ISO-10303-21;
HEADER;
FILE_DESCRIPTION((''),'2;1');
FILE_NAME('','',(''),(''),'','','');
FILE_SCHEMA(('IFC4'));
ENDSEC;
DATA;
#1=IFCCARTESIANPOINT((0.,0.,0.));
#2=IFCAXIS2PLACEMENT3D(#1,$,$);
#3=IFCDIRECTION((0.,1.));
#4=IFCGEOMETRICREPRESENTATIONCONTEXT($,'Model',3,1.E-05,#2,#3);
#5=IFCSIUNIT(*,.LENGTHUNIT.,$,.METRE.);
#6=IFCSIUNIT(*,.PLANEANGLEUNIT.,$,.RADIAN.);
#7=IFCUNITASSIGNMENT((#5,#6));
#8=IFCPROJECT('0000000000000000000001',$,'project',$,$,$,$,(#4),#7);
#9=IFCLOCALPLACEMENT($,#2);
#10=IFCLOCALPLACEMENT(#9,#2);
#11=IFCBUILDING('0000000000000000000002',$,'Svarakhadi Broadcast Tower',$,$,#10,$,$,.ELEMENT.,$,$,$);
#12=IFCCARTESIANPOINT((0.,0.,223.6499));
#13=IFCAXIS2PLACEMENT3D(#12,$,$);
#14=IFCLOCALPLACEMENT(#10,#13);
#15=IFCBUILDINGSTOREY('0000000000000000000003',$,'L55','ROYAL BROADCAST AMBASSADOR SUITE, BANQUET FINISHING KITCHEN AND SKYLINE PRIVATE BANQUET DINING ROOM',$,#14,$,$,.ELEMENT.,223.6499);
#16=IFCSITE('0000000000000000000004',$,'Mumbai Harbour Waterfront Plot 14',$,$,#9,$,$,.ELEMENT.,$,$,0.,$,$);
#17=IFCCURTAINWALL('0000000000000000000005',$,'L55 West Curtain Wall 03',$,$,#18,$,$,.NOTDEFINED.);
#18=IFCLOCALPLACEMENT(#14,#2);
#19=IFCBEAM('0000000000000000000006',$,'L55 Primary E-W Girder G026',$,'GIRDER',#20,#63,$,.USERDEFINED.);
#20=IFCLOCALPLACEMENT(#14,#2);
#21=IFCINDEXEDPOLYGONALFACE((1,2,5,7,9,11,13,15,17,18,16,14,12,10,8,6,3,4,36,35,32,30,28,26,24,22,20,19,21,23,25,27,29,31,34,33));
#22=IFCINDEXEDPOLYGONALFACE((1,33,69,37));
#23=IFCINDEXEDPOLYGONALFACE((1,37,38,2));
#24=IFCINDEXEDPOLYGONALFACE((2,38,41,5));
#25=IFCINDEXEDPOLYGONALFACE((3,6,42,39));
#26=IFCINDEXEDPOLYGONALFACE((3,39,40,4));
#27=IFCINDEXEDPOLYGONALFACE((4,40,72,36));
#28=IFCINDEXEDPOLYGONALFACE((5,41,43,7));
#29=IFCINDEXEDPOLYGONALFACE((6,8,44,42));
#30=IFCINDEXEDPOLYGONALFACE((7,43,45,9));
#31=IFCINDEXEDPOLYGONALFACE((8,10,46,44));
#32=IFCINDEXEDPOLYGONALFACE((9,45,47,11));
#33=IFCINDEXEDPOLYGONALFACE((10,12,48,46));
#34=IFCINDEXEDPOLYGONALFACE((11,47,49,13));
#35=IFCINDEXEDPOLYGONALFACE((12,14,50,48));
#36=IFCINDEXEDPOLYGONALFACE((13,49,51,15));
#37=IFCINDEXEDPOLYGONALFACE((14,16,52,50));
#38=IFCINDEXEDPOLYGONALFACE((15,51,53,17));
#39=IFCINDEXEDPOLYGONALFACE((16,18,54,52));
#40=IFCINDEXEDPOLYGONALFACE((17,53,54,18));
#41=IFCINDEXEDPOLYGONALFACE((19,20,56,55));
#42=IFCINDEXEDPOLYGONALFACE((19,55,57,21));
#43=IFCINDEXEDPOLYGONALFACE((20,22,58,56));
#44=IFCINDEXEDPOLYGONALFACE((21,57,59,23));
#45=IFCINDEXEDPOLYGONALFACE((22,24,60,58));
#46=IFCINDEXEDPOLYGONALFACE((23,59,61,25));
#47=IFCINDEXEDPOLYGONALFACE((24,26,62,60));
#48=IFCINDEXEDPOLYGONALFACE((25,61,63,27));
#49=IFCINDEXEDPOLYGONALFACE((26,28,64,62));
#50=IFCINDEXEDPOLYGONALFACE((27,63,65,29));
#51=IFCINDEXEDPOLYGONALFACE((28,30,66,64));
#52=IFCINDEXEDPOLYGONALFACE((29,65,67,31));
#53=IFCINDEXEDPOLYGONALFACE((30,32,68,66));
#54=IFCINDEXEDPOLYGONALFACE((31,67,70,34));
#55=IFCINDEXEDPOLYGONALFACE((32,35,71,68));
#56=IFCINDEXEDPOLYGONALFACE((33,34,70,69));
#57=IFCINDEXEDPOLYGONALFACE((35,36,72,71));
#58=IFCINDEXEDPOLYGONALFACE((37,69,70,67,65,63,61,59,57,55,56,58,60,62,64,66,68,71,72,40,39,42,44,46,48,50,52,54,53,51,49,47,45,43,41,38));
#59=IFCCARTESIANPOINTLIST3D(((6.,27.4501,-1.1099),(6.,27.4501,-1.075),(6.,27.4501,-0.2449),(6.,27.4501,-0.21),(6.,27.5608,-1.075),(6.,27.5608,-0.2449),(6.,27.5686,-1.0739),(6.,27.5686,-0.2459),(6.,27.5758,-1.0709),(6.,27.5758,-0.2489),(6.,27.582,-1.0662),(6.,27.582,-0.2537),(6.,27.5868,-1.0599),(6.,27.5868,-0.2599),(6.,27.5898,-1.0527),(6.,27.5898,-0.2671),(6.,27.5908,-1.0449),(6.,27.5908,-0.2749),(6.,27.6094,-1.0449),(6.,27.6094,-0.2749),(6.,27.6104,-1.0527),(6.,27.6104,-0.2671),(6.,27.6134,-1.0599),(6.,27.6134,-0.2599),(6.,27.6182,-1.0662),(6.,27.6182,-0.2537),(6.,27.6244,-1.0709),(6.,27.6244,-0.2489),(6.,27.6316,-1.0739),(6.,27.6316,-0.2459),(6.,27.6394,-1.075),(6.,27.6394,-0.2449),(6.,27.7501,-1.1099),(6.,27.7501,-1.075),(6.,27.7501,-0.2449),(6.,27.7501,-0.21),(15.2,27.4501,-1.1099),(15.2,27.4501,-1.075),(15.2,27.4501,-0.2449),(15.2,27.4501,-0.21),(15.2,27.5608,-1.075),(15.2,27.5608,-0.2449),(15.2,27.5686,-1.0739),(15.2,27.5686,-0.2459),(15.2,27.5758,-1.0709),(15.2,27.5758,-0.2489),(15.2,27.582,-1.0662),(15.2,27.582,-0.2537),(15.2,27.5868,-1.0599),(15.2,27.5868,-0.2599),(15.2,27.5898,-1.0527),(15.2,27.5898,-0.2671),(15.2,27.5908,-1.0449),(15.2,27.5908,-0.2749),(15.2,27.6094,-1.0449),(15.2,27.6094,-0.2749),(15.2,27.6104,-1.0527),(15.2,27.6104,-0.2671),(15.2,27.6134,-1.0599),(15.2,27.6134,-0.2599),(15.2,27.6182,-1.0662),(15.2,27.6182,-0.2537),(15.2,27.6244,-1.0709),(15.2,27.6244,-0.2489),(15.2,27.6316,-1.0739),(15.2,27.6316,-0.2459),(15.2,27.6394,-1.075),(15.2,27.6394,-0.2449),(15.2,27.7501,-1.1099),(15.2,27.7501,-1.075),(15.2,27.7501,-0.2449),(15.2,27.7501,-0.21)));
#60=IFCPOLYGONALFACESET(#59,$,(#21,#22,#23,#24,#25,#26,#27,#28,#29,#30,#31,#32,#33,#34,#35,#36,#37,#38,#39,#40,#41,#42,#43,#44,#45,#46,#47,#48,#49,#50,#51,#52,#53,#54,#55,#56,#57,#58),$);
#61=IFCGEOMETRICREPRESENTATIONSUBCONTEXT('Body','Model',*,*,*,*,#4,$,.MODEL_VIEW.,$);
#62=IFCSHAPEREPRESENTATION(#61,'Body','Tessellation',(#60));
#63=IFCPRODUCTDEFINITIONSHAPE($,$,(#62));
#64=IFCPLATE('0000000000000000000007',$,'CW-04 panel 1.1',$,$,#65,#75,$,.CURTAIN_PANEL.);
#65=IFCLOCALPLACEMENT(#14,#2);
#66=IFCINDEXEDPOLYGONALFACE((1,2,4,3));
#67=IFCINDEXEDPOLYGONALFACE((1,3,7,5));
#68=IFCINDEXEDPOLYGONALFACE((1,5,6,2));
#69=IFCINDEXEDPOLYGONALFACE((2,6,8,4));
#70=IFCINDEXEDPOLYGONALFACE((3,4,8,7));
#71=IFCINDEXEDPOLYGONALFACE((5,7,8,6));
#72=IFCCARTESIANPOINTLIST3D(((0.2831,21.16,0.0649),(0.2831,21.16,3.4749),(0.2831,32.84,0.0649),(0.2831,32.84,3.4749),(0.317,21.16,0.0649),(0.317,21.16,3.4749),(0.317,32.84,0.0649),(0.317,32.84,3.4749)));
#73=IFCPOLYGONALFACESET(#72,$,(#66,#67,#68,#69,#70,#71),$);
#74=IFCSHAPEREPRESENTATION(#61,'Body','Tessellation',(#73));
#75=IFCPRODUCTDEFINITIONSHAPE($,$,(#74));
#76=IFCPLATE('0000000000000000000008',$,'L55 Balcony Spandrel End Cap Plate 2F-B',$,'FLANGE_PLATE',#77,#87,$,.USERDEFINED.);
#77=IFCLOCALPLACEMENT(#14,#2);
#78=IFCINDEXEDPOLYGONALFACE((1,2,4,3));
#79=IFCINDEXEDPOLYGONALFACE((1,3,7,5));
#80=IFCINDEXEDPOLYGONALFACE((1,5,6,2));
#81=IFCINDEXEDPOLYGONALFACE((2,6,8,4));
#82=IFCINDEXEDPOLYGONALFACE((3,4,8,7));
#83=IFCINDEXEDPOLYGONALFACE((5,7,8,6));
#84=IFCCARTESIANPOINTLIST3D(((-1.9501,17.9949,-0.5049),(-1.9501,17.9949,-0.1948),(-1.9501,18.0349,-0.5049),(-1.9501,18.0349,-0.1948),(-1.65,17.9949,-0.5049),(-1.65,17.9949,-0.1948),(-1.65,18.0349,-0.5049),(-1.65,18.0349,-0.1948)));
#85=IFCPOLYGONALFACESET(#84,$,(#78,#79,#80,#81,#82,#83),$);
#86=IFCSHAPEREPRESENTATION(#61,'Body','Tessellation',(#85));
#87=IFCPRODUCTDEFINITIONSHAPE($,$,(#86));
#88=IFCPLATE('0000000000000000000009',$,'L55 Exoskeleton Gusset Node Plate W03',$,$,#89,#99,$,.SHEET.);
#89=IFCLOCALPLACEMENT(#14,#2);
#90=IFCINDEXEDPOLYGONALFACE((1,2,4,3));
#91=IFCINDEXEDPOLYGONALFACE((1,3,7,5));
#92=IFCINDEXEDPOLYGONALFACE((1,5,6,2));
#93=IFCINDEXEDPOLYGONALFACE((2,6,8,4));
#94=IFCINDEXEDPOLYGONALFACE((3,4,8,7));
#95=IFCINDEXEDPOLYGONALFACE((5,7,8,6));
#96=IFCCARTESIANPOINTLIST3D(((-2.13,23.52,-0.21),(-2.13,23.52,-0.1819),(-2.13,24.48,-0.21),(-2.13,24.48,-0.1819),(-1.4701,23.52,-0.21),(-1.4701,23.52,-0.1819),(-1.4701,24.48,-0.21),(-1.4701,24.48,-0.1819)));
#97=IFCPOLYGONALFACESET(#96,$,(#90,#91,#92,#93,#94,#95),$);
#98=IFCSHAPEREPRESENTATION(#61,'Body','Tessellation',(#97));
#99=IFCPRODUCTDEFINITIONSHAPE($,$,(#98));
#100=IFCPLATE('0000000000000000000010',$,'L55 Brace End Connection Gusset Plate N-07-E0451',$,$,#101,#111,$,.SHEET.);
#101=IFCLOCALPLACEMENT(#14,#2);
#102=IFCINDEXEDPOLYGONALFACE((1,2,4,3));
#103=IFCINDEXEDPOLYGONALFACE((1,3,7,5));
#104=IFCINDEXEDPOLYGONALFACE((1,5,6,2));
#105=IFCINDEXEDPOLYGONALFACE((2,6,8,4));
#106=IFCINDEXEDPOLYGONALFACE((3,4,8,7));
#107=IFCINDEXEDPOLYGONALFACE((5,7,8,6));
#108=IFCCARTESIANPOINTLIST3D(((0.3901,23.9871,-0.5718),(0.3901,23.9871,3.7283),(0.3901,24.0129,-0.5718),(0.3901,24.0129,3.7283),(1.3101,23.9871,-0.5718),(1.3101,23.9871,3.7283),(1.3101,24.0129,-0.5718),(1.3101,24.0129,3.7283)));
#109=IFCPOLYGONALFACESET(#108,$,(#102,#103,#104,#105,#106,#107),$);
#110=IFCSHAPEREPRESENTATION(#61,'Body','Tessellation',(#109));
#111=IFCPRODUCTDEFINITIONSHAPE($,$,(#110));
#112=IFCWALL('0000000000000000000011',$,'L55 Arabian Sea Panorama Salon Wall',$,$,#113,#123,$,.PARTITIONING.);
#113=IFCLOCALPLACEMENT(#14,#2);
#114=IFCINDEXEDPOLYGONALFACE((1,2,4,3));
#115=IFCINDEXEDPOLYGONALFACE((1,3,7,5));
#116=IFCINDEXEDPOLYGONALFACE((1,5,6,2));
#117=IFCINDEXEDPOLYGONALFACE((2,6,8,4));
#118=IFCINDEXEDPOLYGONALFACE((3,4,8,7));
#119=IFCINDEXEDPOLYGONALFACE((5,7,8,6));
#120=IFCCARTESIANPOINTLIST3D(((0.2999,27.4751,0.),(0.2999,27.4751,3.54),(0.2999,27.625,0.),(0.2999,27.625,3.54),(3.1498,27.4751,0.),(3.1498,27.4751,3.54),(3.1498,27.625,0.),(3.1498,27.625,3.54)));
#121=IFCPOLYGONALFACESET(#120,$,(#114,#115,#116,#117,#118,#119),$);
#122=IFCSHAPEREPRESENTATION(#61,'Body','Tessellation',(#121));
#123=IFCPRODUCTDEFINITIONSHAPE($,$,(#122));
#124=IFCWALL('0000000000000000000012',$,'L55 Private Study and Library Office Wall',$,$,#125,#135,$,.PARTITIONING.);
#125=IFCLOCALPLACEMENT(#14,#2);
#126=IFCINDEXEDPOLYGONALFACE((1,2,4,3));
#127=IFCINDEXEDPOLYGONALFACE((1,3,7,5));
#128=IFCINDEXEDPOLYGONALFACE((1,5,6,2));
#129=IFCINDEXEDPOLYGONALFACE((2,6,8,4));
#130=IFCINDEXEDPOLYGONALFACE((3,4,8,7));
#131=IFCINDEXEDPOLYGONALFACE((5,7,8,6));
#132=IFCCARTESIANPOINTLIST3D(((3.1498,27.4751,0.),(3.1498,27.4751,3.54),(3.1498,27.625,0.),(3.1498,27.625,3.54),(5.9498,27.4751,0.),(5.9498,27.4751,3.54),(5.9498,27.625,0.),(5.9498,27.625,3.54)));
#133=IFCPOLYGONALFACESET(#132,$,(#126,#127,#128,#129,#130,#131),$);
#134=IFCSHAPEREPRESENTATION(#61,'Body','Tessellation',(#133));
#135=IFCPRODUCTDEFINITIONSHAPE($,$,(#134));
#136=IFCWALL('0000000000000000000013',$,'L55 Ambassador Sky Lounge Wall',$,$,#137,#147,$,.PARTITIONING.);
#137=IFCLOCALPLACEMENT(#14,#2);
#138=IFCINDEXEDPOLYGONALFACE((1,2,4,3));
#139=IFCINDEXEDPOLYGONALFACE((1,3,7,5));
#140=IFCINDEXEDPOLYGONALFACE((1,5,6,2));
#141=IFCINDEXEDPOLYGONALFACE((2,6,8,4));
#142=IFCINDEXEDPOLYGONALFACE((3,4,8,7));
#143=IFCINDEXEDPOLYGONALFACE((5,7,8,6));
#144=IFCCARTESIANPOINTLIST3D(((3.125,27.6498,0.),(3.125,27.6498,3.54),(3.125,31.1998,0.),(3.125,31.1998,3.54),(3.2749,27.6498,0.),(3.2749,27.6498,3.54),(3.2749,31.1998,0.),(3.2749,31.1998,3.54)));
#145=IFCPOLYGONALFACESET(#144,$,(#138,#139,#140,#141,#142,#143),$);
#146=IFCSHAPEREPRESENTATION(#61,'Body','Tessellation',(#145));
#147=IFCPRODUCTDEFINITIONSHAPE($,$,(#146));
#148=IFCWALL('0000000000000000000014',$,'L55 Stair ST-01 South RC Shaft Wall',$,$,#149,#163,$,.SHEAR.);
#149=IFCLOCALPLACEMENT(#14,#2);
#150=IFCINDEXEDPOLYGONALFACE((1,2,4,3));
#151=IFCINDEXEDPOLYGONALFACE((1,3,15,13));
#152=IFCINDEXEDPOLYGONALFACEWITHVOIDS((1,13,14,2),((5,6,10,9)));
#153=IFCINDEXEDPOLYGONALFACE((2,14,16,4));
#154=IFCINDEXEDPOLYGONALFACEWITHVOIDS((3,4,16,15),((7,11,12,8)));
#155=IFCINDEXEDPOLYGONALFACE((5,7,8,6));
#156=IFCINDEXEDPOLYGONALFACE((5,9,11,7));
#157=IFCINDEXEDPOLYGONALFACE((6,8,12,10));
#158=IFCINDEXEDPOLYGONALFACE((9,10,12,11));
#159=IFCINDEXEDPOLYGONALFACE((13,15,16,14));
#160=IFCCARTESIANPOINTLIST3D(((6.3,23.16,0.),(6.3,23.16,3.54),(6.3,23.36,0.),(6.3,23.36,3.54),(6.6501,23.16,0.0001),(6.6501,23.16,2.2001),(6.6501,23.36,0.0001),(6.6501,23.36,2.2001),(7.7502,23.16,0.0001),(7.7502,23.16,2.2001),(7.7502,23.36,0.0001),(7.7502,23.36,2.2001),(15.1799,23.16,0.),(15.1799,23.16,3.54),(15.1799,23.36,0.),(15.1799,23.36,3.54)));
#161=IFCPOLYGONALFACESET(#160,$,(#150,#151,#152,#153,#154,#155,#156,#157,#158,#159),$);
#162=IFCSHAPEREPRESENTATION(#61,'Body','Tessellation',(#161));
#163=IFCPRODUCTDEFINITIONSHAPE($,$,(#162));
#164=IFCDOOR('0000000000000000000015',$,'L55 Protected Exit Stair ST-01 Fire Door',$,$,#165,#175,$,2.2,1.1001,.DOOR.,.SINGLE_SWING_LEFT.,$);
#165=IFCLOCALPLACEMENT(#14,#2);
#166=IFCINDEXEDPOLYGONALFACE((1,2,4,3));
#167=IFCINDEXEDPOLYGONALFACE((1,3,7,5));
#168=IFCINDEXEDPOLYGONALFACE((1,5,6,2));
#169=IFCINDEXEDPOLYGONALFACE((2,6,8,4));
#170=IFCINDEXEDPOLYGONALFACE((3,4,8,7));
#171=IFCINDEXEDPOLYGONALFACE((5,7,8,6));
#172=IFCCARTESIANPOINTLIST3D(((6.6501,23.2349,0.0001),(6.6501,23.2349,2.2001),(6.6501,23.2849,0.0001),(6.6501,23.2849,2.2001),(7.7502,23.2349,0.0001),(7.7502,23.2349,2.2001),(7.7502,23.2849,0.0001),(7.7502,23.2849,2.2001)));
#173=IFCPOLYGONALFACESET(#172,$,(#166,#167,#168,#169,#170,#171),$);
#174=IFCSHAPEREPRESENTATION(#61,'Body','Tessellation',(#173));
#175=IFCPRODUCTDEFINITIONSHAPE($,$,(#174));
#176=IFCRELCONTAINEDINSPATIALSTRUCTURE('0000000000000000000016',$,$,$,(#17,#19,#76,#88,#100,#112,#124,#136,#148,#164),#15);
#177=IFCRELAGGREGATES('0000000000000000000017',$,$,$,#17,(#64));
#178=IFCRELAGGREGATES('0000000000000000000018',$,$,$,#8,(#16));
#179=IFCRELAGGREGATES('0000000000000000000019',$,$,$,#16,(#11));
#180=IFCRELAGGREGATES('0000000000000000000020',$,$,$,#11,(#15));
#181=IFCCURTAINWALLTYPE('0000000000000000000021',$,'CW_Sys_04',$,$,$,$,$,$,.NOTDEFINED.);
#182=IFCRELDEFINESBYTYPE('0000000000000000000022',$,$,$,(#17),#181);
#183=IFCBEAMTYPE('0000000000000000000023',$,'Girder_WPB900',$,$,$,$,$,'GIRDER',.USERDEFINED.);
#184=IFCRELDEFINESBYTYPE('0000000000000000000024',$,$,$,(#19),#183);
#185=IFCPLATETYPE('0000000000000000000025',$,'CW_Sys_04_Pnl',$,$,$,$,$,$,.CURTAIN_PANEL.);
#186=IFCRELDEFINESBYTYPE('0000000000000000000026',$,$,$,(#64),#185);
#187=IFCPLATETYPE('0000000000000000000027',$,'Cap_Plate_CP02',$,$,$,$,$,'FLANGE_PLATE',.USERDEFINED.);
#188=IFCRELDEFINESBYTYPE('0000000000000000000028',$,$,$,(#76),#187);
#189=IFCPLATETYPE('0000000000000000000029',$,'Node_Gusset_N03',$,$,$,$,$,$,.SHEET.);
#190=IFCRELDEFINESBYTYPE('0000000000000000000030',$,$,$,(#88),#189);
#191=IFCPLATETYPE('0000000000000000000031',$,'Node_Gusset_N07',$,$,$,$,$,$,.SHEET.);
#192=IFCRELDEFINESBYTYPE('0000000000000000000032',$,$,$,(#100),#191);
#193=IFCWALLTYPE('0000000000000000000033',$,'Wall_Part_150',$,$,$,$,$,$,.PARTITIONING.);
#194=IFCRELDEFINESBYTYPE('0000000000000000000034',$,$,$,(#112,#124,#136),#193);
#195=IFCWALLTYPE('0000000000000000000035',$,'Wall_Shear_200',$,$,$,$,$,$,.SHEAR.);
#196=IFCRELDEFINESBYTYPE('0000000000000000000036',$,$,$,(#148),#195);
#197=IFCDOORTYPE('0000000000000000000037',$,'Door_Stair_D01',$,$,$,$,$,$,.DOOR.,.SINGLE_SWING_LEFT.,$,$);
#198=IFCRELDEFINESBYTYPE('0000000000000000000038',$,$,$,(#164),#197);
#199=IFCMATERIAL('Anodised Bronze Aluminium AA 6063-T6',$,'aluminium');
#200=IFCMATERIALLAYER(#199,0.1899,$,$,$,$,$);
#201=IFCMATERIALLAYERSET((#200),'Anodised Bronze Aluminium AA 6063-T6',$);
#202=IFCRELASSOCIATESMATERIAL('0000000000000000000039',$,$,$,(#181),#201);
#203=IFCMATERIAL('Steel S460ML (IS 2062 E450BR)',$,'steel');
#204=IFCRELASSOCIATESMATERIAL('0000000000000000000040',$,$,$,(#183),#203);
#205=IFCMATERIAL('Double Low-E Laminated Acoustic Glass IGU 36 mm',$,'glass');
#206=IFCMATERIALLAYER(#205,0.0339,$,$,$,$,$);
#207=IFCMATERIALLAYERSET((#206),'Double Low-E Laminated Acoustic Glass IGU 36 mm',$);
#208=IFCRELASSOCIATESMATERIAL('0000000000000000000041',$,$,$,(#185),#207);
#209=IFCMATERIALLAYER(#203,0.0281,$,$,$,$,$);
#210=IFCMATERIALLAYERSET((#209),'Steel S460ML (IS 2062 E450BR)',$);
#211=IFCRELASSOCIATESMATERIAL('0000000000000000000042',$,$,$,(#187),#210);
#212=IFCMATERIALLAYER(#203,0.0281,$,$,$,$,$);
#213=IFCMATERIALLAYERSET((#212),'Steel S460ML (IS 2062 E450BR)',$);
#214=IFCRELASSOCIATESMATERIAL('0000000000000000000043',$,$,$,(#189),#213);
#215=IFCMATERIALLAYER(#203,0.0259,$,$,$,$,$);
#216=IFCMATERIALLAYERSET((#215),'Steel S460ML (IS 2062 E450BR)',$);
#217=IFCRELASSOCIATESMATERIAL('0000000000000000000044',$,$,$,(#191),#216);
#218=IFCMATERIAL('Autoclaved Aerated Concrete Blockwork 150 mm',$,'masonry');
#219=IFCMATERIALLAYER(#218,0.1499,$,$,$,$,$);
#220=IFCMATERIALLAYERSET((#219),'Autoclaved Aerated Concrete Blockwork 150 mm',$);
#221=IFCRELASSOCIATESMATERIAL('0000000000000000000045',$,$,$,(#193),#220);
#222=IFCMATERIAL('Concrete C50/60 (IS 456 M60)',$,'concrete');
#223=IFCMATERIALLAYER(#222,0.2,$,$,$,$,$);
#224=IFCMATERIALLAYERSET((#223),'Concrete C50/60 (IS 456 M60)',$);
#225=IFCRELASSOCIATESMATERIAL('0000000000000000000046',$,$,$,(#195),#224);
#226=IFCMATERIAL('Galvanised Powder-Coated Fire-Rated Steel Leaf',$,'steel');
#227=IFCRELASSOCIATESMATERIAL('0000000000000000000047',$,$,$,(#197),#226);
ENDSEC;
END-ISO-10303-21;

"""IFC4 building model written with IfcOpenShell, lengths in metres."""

from ifc_helpers import new_model, si_unit, direction, frame, frame_2d, origin, origin_2d, place, context, subcontext, project, spatial, rectangle, i_section, extrude, material, layer, layer_set, material_profile, profile_set, type_object, element, fill, aggregate, save


model = new_model("IFC4")

# Units and contexts
model_context = context("Model", 3, precision=1e-05, world=origin(), true_north=direction((0.0, 1.0)))
body_context = subcontext(model_context, "Body", "Model", "MODEL_VIEW")
ifc_project = project(units=[si_unit("LENGTHUNIT", "METRE"), si_unit("PLANEANGLEUNIT", "RADIAN")], contexts=[model_context])

# Site, building, storey
site_placement = place(None, origin())
site = spatial("IfcSite", under=ifc_project, at=site_placement, Name="Mumbai Harbour Waterfront Plot 14", CompositionType="ELEMENT", RefElevation=0.0)
building_placement = place(site_placement, origin())
building = spatial("IfcBuilding", under=site, at=building_placement, Name="Svarakhadi Broadcast Tower", CompositionType="ELEMENT")
storey_placement = place(building_placement, frame((0.0, 0.0, 223.6499)))
storey = spatial("IfcBuildingStorey", under=building, at=storey_placement, Name="L55", Description="ROYAL BROADCAST AMBASSADOR SUITE, BANQUET FINISHING KITCHEN AND SKYLINE PRIVATE BANQUET DINING ROOM", CompositionType="ELEMENT", Elevation=223.6499)

# Shared definitions
ifc_material_1 = material(Name="Concrete C50/60 (IS 456 M60)", Category="concrete")

# Curtain wall
ifc_material_2 = material(Name="Anodised Bronze Aluminium AA 6063-T6", Category="aluminium")
ifc_layer_1 = layer(ifc_material_2, 0.1899)
ifc_layer_set_1 = layer_set([ifc_layer_1], Name="Anodised Bronze Aluminium AA 6063-T6")
curtain_wall_type = type_object("IfcCurtainWallType", Name="CW_Sys_04", PredefinedType="NOTDEFINED", material=ifc_layer_set_1)
curtain_wall_placement = place(storey_placement, origin())
curtain_wall = element("IfcCurtainWall", 1, at=curtain_wall_placement, inside=storey, type_object=curtain_wall_type, Name="L55 West Curtain Wall 03", PredefinedType="NOTDEFINED")

# Shared definitions
ifc_material_3 = material(Name="Steel S460ML (IS 2062 E450BR)", Category="steel")

# Beam
ifc_material_profile_1 = material_profile(ifc_material_3, i_section(OverallWidth=0.3, OverallDepth=0.8999, WebThickness=0.0186, FlangeThickness=0.0349, FilletRadius=0.03, at=origin_2d()), Name="WPB 900x300x291")
ifc_profile_set_1 = profile_set([ifc_material_profile_1], Name="Steel S460ML (IS 2062 E450BR)")
beam_type_1 = type_object("IfcBeamType", Name="Girder_WPB900", ElementType="GIRDER", PredefinedType="USERDEFINED", material=ifc_profile_set_1)
beam_1_placement = place(storey_placement, frame((6.0, 27.6001, -0.6599), z_axis=(1.0, 0.0, 0.0), x_axis=(0.0, 1.0, 0.0)))
element("IfcBeam", 2, at=beam_1_placement, inside=storey, type_object=beam_type_1, Name="L55 Primary E-W Girder G026", ObjectType="GIRDER", PredefinedType="USERDEFINED", context=body_context, shape_type="SweptSolid", body=[
    extrude(i_section(OverallWidth=0.3, OverallDepth=0.8999, WebThickness=0.0186, FlangeThickness=0.0349, FilletRadius=0.03, at=origin_2d()), origin(), (0.0, 0.0, 1.0), 9.2),
])

# Plate
ifc_material_4 = material(Name="Double Low-E Laminated Acoustic Glass IGU 36 mm", Category="glass")
ifc_layer_2 = layer(ifc_material_4, 0.0339)
ifc_layer_set_2 = layer_set([ifc_layer_2], Name="Double Low-E Laminated Acoustic Glass IGU 36 mm")
plate_type_1 = type_object("IfcPlateType", Name="CW_Sys_04_Pnl", PredefinedType="CURTAIN_PANEL", material=ifc_layer_set_2)
plate_1_placement = place(storey_placement, frame((0.3, 27.0, 0.0649), z_axis=(0.0, 0.0, 1.0), x_axis=(0.0, 1.0, 0.0)))
plate_1 = element("IfcPlate", 3, at=plate_1_placement, type_object=plate_type_1, Name="CW-04 panel 1.1", PredefinedType="CURTAIN_PANEL", context=body_context, shape_type="SweptSolid", body=[
    extrude(rectangle(XDim=11.6799, YDim=0.0339, at=origin_2d()), origin(), (0.0, 0.0, 1.0), 3.4099),
])
aggregate(curtain_wall, [plate_1])

# Plates
ifc_layer_3 = layer(ifc_material_3, 0.0281)
ifc_layer_set_3 = layer_set([ifc_layer_3], Name="Steel S460ML (IS 2062 E450BR)")
plate_type_2 = type_object("IfcPlateType", Name="Cap_Plate_CP02", ElementType="FLANGE_PLATE", PredefinedType="USERDEFINED", material=ifc_layer_set_3)
plate_2_placement = place(storey_placement, frame((-1.8, 18.0149, -0.5049), z_axis=(0.0, 0.0, 1.0), x_axis=(1.0, 0.0, 0.0)))
element("IfcPlate", 4, at=plate_2_placement, inside=storey, type_object=plate_type_2, Name="L55 Balcony Spandrel End Cap Plate 2F-B", ObjectType="FLANGE_PLATE", PredefinedType="USERDEFINED", context=body_context, shape_type="SweptSolid", body=[
    extrude(rectangle(XDim=0.3, YDim=0.04, at=origin_2d()), origin(), (0.0, 0.0, 1.0), 0.3101),
])
ifc_layer_4 = layer(ifc_material_3, 0.0281)
ifc_layer_set_4 = layer_set([ifc_layer_4], Name="Steel S460ML (IS 2062 E450BR)")
plate_type_3 = type_object("IfcPlateType", Name="Node_Gusset_N03", PredefinedType="SHEET", material=ifc_layer_set_4)
plate_3_placement = place(storey_placement, frame((-1.8, 24.0, -0.21), z_axis=(0.0, 0.0, 1.0), x_axis=(0.0, 1.0, 0.0)))
element("IfcPlate", 5, at=plate_3_placement, inside=storey, type_object=plate_type_3, Name="L55 Exoskeleton Gusset Node Plate W03", PredefinedType="SHEET", context=body_context, shape_type="SweptSolid", body=[
    extrude(rectangle(XDim=0.96, YDim=0.6599, at=origin_2d()), origin(), (0.0, 0.0, 1.0), 0.0281),
])
ifc_layer_5 = layer(ifc_material_3, 0.0259)
ifc_layer_set_5 = layer_set([ifc_layer_5], Name="Steel S460ML (IS 2062 E450BR)")
plate_type_4 = type_object("IfcPlateType", Name="Node_Gusset_N07", PredefinedType="SHEET", material=ifc_layer_set_5)
plate_4_placement = place(storey_placement, frame((0.8501, 24.0, -0.5718), z_axis=(0.0, 0.0, 1.0), x_axis=(1.0, 0.0, 0.0)))
element("IfcPlate", 6, at=plate_4_placement, inside=storey, type_object=plate_type_4, Name="L55 Brace End Connection Gusset Plate N-07-E0451", PredefinedType="SHEET", context=body_context, shape_type="SweptSolid", body=[
    extrude(rectangle(XDim=0.9199, YDim=0.0259, at=origin_2d()), origin(), (0.0, 0.0, 1.0), 4.3),
])

# Walls
ifc_material_5 = material(Name="Autoclaved Aerated Concrete Blockwork 150 mm", Category="masonry")
ifc_layer_6 = layer(ifc_material_5, 0.1499)
ifc_layer_set_6 = layer_set([ifc_layer_6], Name="Autoclaved Aerated Concrete Blockwork 150 mm")
wall_type_1 = type_object("IfcWallType", Name="Wall_Part_150", PredefinedType="PARTITIONING", material=ifc_layer_set_6)
wall_1_placement = place(storey_placement, frame((0.3, 27.55, 0.0), z_axis=(0.0, 0.0, 1.0), x_axis=(1.0, 0.0, 0.0)))
element("IfcWall", 7, at=wall_1_placement, inside=storey, type_object=wall_type_1, Name="L55 Arabian Sea Panorama Salon Wall", PredefinedType="PARTITIONING", context=body_context, shape_type="SweptSolid", body=[
    extrude(rectangle(XDim=2.8499, YDim=0.1499, at=frame_2d((1.4248, 0.0))), origin(), (0.0, 0.0, 1.0), 3.54),
])
wall_2_placement = place(storey_placement, frame((3.1499, 27.55, 0.0), z_axis=(0.0, 0.0, 1.0), x_axis=(1.0, 0.0, 0.0)))
element("IfcWall", 8, at=wall_2_placement, inside=storey, type_object=wall_type_1, Name="L55 Private Study and Library Office Wall", PredefinedType="PARTITIONING", context=body_context, shape_type="SweptSolid", body=[
    extrude(rectangle(XDim=2.8, YDim=0.1499, at=frame_2d((1.3999, 0.0))), origin(), (0.0, 0.0, 1.0), 3.54),
])
wall_3_placement = place(storey_placement, frame((3.2, 27.6499, 0.0), z_axis=(0.0, 0.0, 1.0), x_axis=(0.0, 1.0, 0.0)))
element("IfcWall", 9, at=wall_3_placement, inside=storey, type_object=wall_type_1, Name="L55 Ambassador Sky Lounge Wall", PredefinedType="PARTITIONING", context=body_context, shape_type="SweptSolid", body=[
    extrude(rectangle(XDim=3.55, YDim=0.1499, at=frame_2d((1.7749, 0.0))), origin(), (0.0, 0.0, 1.0), 3.54),
])

# Wall, opening, door
ifc_layer_7 = layer(ifc_material_1, 0.2)
ifc_layer_set_7 = layer_set([ifc_layer_7], Name="Concrete C50/60 (IS 456 M60)")
wall_type_2 = type_object("IfcWallType", Name="Wall_Shear_200", PredefinedType="SHEAR", material=ifc_layer_set_7)
wall_4_placement = place(storey_placement, frame((6.3, 23.26, 0.0), z_axis=(0.0, 0.0, 1.0), x_axis=(1.0, 0.0, 0.0)))
wall_4 = element("IfcWall", 10, at=wall_4_placement, inside=storey, type_object=wall_type_2, Name="L55 Stair ST-01 South RC Shaft Wall", PredefinedType="SHEAR", context=body_context, shape_type="SweptSolid", body=[
    extrude(rectangle(XDim=8.8799, YDim=0.2, at=frame_2d((4.4399, 0.0))), origin(), (0.0, 0.0, 1.0), 3.54),
])
opening_1_placement = place(wall_4_placement, frame((0.3501, 0.0, 0.0)))
opening_1 = element("IfcOpeningElement", 11, at=opening_1_placement, cuts=wall_4, PredefinedType="OPENING", context=body_context, shape_type="SweptSolid", body=[
    extrude(rectangle(XDim=1.1001, YDim=2.2, at=frame_2d((0.55, 1.1001))), frame((0.0, 0.1099, 0.0), z_axis=(0.0, -1.0, 0.0), x_axis=(1.0, 0.0, 0.0)), (0.0, 0.0, 1.0), 0.22),
])
ifc_material_6 = material(Name="Galvanised Powder-Coated Fire-Rated Steel Leaf", Category="steel")
door_type_1 = type_object("IfcDoorType", Name="Door_Stair_D01", OperationType="SINGLE_SWING_LEFT", PredefinedType="DOOR", material=ifc_material_6)
door_1_placement = place(opening_1_placement, origin())
door_1 = element("IfcDoor", 12, at=door_1_placement, inside=storey, type_object=door_type_1, Name="L55 Protected Exit Stair ST-01 Fire Door", OperationType="SINGLE_SWING_LEFT", OverallHeight=2.2, OverallWidth=1.1001, PredefinedType="DOOR", context=body_context, shape_type="SweptSolid", body=[
    extrude(rectangle(XDim=1.1001, YDim=2.2, at=frame_2d((0.55, 1.1001))), frame((0.0, 0.0249, 0.0), z_axis=(0.0, -1.0, 0.0), x_axis=(1.0, 0.0, 0.0)), (0.0, 0.0, 1.0), 0.05),
])
fill(opening_1, door_1)

save(model, "model.ifc")
